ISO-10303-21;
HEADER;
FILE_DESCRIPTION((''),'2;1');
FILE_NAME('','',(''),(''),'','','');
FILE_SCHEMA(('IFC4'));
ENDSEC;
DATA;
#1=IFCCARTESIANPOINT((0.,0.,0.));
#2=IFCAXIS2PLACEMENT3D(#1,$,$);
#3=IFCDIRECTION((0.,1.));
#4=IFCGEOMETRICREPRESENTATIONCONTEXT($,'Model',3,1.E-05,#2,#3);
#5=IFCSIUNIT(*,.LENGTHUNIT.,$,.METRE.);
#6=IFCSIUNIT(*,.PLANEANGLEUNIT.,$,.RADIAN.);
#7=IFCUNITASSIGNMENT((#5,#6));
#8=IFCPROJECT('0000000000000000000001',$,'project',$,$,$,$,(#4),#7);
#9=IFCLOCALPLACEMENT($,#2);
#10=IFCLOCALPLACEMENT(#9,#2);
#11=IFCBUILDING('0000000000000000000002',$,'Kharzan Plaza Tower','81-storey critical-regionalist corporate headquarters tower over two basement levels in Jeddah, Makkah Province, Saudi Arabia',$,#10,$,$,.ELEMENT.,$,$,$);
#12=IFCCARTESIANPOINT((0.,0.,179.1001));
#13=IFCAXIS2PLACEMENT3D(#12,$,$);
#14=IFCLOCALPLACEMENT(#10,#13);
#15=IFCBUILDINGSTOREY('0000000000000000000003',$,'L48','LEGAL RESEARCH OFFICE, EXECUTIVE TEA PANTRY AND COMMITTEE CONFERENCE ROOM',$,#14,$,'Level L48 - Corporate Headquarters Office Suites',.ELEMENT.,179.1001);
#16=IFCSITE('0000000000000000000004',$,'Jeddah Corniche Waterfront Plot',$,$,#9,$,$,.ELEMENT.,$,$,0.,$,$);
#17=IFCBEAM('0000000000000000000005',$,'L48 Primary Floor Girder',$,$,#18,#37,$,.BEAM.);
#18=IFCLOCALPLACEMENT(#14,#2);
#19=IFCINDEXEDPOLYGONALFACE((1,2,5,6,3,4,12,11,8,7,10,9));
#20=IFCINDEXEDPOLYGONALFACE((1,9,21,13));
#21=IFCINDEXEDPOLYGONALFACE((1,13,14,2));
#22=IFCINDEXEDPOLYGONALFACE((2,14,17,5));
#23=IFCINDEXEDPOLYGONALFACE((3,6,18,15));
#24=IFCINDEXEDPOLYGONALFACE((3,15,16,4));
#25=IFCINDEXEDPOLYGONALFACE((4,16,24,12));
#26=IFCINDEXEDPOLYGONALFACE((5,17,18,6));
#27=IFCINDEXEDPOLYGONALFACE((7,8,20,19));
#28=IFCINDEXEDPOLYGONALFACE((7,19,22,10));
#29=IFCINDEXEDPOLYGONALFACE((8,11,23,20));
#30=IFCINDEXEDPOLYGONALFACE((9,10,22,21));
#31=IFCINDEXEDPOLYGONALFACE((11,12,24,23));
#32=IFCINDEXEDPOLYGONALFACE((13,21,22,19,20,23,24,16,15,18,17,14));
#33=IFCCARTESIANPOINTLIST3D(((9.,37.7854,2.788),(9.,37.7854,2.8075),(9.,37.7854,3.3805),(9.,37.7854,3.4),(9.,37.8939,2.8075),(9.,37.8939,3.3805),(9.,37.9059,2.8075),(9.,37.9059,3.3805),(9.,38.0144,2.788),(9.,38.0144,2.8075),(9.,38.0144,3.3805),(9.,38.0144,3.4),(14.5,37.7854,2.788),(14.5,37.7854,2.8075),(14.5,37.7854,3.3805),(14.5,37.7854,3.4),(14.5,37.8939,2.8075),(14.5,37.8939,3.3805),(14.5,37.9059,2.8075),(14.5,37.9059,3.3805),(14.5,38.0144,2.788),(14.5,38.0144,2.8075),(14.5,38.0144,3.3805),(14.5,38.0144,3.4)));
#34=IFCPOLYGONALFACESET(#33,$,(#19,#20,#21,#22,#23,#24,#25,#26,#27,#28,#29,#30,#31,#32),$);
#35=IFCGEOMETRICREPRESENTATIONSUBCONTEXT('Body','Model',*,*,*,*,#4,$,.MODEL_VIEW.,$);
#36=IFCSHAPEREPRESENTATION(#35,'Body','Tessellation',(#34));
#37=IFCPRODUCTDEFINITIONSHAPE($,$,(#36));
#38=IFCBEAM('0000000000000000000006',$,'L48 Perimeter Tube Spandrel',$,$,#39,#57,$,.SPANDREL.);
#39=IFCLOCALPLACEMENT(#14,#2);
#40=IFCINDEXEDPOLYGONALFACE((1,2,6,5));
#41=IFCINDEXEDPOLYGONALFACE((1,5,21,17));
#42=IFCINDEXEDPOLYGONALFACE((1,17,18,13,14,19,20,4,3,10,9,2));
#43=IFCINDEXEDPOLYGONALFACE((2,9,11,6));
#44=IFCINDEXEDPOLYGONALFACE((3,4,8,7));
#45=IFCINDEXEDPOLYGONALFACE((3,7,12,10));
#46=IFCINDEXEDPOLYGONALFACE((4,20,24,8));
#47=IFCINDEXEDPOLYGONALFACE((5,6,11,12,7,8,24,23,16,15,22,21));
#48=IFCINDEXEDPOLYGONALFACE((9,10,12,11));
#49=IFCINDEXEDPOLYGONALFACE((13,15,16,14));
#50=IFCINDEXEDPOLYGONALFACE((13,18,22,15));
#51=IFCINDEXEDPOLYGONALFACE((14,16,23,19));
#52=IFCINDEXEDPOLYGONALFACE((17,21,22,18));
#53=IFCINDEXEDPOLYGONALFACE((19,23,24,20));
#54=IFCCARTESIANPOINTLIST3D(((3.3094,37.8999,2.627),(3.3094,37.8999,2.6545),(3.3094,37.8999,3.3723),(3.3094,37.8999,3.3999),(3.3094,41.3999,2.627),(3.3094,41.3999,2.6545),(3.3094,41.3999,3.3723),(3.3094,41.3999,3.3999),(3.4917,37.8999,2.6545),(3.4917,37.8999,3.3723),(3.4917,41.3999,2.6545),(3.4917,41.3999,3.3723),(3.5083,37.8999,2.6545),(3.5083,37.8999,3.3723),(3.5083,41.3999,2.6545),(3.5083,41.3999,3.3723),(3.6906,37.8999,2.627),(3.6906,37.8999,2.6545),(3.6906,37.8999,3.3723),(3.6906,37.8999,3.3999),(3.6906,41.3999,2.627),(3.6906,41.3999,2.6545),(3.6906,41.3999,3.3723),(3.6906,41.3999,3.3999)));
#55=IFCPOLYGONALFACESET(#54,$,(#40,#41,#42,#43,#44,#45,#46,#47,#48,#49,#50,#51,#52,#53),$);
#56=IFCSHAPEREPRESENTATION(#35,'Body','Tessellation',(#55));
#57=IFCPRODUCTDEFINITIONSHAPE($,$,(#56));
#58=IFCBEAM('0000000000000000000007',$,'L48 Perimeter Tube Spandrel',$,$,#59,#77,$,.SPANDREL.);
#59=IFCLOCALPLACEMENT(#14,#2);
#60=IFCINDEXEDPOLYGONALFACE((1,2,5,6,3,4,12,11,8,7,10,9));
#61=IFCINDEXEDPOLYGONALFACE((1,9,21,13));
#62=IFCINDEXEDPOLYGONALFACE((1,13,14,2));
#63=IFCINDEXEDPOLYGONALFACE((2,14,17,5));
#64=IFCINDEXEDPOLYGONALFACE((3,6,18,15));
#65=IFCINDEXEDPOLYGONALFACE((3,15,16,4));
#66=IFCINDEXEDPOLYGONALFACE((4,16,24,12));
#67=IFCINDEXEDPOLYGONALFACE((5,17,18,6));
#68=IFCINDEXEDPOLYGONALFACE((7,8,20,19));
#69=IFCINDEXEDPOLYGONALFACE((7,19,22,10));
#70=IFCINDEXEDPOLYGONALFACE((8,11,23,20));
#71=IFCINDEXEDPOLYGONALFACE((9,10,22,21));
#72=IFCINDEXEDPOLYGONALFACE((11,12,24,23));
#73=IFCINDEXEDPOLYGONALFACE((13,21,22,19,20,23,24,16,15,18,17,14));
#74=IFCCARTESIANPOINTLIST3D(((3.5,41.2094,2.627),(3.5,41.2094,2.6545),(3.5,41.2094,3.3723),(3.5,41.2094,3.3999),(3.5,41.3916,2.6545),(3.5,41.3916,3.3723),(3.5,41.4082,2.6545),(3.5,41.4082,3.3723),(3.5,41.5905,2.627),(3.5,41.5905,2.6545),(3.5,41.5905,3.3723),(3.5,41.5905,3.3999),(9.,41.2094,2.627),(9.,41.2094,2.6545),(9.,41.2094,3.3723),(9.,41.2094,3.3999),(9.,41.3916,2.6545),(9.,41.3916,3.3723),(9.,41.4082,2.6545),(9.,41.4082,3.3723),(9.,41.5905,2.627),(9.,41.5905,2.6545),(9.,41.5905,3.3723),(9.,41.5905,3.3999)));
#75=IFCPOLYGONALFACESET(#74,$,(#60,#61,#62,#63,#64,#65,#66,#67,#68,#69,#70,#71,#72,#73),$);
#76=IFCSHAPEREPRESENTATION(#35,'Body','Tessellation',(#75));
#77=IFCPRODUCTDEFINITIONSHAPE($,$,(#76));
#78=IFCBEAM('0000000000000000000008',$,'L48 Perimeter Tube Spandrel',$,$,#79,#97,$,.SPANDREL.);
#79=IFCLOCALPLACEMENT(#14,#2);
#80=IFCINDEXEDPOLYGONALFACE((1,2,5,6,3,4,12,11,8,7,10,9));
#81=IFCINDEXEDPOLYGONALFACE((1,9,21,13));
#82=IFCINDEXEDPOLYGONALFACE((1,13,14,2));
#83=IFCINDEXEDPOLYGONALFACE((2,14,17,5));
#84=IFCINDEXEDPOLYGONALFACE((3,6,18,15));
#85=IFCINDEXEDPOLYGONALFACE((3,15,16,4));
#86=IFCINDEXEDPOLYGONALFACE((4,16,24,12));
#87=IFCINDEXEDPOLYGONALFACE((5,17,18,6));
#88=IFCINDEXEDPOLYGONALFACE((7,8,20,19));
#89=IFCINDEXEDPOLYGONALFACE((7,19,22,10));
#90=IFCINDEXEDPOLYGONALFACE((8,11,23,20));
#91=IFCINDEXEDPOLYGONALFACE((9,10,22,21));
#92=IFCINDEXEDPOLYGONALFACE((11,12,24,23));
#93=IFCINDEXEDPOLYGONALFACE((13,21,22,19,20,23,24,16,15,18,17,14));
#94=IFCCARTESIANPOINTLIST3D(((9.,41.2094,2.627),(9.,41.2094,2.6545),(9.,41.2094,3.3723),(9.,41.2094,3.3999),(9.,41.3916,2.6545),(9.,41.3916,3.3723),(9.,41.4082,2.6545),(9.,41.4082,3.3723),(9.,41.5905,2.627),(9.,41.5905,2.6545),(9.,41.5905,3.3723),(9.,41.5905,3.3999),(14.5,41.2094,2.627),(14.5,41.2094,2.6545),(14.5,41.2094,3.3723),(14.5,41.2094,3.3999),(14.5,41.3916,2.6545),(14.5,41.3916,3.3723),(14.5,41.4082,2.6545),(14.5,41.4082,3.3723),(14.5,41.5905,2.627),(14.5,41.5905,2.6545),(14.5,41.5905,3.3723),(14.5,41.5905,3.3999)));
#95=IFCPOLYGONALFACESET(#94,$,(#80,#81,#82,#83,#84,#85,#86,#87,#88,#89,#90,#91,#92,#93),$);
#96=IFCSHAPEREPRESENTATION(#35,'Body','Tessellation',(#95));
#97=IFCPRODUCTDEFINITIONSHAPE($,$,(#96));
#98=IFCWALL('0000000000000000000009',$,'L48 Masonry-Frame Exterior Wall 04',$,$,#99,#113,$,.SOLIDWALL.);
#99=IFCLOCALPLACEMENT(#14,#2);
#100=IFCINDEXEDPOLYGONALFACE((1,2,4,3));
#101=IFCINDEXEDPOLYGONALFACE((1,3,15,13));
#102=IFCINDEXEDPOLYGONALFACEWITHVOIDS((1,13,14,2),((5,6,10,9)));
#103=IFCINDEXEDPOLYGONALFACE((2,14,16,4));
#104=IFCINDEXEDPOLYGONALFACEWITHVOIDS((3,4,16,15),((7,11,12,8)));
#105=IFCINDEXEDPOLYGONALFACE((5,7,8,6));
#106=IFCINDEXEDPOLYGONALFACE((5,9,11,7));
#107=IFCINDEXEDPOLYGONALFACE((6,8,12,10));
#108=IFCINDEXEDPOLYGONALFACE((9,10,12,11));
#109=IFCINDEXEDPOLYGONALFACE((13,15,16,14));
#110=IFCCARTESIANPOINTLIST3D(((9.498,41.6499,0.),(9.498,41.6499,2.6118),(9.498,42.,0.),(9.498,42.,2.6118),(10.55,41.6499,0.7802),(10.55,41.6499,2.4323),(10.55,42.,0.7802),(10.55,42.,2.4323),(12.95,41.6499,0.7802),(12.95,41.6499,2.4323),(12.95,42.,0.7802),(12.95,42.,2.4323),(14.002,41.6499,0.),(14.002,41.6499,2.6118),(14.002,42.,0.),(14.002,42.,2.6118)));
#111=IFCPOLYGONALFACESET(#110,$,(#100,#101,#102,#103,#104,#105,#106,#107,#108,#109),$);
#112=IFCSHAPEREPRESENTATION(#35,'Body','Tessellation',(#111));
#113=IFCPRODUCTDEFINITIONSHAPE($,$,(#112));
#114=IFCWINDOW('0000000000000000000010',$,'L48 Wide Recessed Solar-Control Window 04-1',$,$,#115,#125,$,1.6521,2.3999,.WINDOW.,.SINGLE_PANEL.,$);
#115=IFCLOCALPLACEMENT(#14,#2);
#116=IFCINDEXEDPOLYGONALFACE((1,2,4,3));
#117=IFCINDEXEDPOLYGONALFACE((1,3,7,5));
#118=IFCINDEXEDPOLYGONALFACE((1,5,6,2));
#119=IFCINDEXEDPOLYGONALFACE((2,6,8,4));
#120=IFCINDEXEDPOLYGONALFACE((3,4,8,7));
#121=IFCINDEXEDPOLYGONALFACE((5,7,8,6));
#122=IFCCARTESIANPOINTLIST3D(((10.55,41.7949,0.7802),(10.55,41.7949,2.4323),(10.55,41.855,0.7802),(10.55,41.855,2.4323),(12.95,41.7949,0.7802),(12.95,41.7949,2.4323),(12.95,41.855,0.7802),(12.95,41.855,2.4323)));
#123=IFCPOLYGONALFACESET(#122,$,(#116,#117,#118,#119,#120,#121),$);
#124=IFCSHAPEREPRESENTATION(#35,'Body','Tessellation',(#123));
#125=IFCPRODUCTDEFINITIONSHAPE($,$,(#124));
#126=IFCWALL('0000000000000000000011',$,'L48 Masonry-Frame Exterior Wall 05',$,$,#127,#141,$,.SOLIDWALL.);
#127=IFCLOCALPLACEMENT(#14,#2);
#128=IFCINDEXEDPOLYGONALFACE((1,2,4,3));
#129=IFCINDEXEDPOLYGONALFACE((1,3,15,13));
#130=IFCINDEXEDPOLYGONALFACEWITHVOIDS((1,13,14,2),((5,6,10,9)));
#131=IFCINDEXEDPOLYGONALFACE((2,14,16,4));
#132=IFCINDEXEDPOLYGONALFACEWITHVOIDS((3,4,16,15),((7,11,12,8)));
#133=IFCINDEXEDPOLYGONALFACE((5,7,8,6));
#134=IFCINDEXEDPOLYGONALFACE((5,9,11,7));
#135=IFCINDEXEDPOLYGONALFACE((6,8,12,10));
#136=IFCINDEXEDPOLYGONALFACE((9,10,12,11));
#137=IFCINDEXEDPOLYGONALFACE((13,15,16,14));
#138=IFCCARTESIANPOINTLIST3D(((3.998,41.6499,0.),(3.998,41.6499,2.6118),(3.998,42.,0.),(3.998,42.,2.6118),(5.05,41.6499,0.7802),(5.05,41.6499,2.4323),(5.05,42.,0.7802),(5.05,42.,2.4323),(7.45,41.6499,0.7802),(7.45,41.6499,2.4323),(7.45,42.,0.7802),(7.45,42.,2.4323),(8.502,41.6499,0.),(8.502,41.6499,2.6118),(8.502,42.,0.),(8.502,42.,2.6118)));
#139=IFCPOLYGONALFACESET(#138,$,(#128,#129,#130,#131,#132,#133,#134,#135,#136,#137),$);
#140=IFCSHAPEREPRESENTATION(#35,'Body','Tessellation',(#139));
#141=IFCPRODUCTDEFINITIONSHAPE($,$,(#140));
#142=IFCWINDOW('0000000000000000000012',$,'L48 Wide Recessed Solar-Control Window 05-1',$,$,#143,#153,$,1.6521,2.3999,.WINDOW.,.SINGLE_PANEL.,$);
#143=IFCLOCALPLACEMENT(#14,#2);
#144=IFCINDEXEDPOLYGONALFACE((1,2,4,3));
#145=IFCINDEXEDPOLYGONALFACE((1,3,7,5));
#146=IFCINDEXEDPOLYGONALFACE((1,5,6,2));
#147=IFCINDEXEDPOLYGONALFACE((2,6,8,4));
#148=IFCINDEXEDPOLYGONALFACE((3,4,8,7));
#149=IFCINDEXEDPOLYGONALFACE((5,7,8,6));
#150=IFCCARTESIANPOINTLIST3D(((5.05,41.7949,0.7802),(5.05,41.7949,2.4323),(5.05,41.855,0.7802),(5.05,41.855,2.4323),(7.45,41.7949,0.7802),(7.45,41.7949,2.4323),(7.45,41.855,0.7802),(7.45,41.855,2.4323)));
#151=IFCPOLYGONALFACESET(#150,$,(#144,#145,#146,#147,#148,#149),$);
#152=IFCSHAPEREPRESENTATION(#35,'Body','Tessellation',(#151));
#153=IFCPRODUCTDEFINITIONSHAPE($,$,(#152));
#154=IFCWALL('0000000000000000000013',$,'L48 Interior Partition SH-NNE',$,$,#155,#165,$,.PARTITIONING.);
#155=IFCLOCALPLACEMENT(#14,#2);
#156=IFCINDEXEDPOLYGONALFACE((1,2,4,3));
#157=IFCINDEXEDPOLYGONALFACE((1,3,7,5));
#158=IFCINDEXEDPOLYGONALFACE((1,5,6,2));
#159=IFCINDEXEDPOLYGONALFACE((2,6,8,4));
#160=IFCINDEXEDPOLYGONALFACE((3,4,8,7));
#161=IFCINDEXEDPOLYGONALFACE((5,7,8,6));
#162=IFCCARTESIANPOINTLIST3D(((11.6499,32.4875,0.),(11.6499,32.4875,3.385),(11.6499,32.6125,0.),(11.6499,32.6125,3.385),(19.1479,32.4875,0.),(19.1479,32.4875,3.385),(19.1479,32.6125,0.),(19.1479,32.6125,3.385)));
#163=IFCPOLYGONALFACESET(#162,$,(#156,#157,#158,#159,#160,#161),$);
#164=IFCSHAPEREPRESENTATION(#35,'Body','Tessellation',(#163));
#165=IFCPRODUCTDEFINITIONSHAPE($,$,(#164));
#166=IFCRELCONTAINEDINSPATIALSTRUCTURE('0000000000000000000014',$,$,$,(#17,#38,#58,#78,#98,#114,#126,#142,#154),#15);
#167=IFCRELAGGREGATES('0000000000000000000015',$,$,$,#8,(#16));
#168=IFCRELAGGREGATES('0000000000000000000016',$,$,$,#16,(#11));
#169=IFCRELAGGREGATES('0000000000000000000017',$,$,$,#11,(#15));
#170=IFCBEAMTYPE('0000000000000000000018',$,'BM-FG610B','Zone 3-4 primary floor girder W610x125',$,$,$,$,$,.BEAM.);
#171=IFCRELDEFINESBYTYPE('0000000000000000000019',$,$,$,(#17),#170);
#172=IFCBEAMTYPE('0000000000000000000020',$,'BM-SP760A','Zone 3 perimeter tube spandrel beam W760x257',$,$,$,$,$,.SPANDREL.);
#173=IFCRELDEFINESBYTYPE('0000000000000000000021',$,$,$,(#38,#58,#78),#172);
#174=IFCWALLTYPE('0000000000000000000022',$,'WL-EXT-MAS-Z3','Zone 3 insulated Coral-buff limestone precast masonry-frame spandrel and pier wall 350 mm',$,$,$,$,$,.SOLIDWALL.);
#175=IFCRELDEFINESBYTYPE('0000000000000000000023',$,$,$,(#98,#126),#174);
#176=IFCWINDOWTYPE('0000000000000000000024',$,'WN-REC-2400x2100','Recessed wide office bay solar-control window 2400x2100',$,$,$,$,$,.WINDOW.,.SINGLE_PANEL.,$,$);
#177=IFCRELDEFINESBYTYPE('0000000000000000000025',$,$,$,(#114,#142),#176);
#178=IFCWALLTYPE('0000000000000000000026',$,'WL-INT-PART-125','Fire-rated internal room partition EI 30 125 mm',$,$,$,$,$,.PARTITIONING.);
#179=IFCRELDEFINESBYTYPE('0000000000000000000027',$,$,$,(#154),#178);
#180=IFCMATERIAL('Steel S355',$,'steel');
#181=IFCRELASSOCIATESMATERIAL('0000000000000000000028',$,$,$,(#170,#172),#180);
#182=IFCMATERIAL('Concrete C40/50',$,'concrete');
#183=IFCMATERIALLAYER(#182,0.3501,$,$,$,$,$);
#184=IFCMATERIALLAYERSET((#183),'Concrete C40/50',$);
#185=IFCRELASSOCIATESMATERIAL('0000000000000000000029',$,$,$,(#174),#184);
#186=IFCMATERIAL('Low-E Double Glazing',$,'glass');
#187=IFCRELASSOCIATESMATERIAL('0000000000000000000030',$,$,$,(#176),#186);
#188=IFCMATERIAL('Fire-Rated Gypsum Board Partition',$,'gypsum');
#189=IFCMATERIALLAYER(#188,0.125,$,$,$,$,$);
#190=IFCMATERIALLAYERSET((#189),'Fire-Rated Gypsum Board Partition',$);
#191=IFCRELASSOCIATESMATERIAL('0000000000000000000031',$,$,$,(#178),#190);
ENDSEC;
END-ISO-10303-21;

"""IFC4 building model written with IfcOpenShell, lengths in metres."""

from ifc_helpers import new_model, si_unit, direction, frame, frame_2d, origin, origin_2d, place, context, subcontext, project, spatial, rectangle, i_section, extrude, source, transform, mapped, material, layer, layer_set, material_profile, profile_set, type_object, element, fill, save


model = new_model("IFC4")

# Units and contexts
model_context = context("Model", 3, precision=1e-05, world=origin(), true_north=direction((0.0, 1.0)))
body_context = subcontext(model_context, "Body", "Model", "MODEL_VIEW")
ifc_project = project(units=[si_unit("LENGTHUNIT", "METRE"), si_unit("PLANEANGLEUNIT", "RADIAN")], contexts=[model_context])

# Site, building, storey
site_placement = place(None, origin())
site = spatial("IfcSite", under=ifc_project, at=site_placement, Name="Jeddah Corniche Waterfront Plot", CompositionType="ELEMENT", RefElevation=0.0)
building_placement = place(site_placement, origin())
building = spatial("IfcBuilding", under=site, at=building_placement, Name="Kharzan Plaza Tower", Description="81-storey critical-regionalist corporate headquarters tower over two basement levels in Jeddah, Makkah Province, Saudi Arabia", CompositionType="ELEMENT")
storey_placement = place(building_placement, frame((0.0, 0.0, 179.1001)))
storey = spatial("IfcBuildingStorey", under=building, at=storey_placement, Name="L48", Description="LEGAL RESEARCH OFFICE, EXECUTIVE TEA PANTRY AND COMMITTEE CONFERENCE ROOM", LongName="Level L48 - Corporate Headquarters Office Suites", CompositionType="ELEMENT", Elevation=179.1001)

# Beams
ifc_material_1 = material(Name="Steel S355", Category="steel")
ifc_material_profile_1 = material_profile(ifc_material_1, i_section(OverallWidth=0.229, OverallDepth=0.6121, WebThickness=0.012, FlangeThickness=0.0195, at=origin_2d()), Name="W610x125")
ifc_profile_set_1 = profile_set([ifc_material_profile_1], Name="Steel S355")
beam_type_1 = type_object("IfcBeamType", Name="BM-FG610B", Description="Zone 3-4 primary floor girder W610x125", PredefinedType="BEAM", material=ifc_profile_set_1)
shared_shape_1 = source(origin(), body_context, "Body", "SweptSolid", [
    extrude(i_section(OverallWidth=0.229, OverallDepth=0.6121, WebThickness=0.012, FlangeThickness=0.0195, at=origin_2d()), origin(), (0.0, 0.0, 1.0), 5.5),
])
for number, where, z_axis, x_axis, name in (
    (1, (9.0, 37.8999, 3.094), (1.0, 0.0, 0.0), (0.0, 1.0, 0.0), "L48 Primary Floor Girder"),
):
    element("IfcBeam", number, at=place(storey_placement, frame(where, z_axis=z_axis, x_axis=x_axis)), inside=storey, type_object=beam_type_1, Name=name, PredefinedType="BEAM", context=body_context, shape_type="MappedRepresentation", body=[
        mapped(shared_shape_1, transform((0.0, 0.0, 0.0), x_axis=(1.0, 0.0, 0.0), y_axis=(0.0, 1.0, 0.0), z_axis=(0.0, 0.0, 1.0))),
    ])
ifc_material_profile_2 = material_profile(ifc_material_1, i_section(OverallWidth=0.3811, OverallDepth=0.7729, WebThickness=0.0166, FlangeThickness=0.0276, at=origin_2d()), Name="W760x257")
ifc_profile_set_2 = profile_set([ifc_material_profile_2], Name="Steel S355")
beam_type_2 = type_object("IfcBeamType", Name="BM-SP760A", Description="Zone 3 perimeter tube spandrel beam W760x257", PredefinedType="SPANDREL", material=ifc_profile_set_2)
shared_shape_2 = source(origin(), body_context, "Body", "SweptSolid", [
    extrude(i_section(OverallWidth=0.3811, OverallDepth=0.7729, WebThickness=0.0166, FlangeThickness=0.0276, at=origin_2d()), origin(), (0.0, 0.0, 1.0), 3.5),
])
beam_placement = place(storey_placement, frame((3.5, 37.8999, 3.0134), z_axis=(0.0, 1.0, 0.0), x_axis=(-1.0, 0.0, 0.0)))
element("IfcBeam", 2, at=beam_placement, inside=storey, type_object=beam_type_2, Name="L48 Perimeter Tube Spandrel", PredefinedType="SPANDREL", context=body_context, shape_type="MappedRepresentation", body=[
    mapped(shared_shape_2, transform((0.0, 0.0, 0.0), x_axis=(1.0, 0.0, 0.0), y_axis=(0.0, 1.0, 0.0), z_axis=(0.0, 0.0, 1.0))),
])
shared_shape_3 = source(origin(), body_context, "Body", "SweptSolid", [
    extrude(i_section(OverallWidth=0.3811, OverallDepth=0.7729, WebThickness=0.0166, FlangeThickness=0.0276, at=origin_2d()), origin(), (0.0, 0.0, 1.0), 5.5),
])
for number, where, z_axis, x_axis, name in (
    (3, (3.5, 41.3999, 3.0134), (1.0, 0.0, 0.0), (0.0, 1.0, 0.0), "L48 Perimeter Tube Spandrel"),
    (4, (9.0, 41.3999, 3.0134), (1.0, 0.0, 0.0), (0.0, 1.0, 0.0), "L48 Perimeter Tube Spandrel"),
):
    element("IfcBeam", number, at=place(storey_placement, frame(where, z_axis=z_axis, x_axis=x_axis)), inside=storey, type_object=beam_type_2, Name=name, PredefinedType="SPANDREL", context=body_context, shape_type="MappedRepresentation", body=[
        mapped(shared_shape_3, transform((0.0, 0.0, 0.0), x_axis=(1.0, 0.0, 0.0), y_axis=(0.0, 1.0, 0.0), z_axis=(0.0, 0.0, 1.0))),
    ])

# Walls, openings, windows
ifc_material_2 = material(Name="Concrete C40/50", Category="concrete")
ifc_layer_1 = layer(ifc_material_2, 0.3501)
ifc_layer_set_1 = layer_set([ifc_layer_1], Name="Concrete C40/50")
wall_type_1 = type_object("IfcWallType", Name="WL-EXT-MAS-Z3", Description="Zone 3 insulated Coral-buff limestone precast masonry-frame spandrel and pier wall 350 mm", PredefinedType="SOLIDWALL", material=ifc_layer_set_1)
wall_1_placement = place(storey_placement, frame((14.002, 41.825, 0.0), z_axis=(0.0, 0.0, 1.0), x_axis=(-1.0, 0.0, 0.0)))
wall_1 = element("IfcWall", 5, at=wall_1_placement, inside=storey, type_object=wall_type_1, Name="L48 Masonry-Frame Exterior Wall 04", PredefinedType="SOLIDWALL", context=body_context, shape_type="SweptSolid", body=[
    extrude(rectangle(XDim=4.5039, YDim=0.3501, at=frame_2d((2.252, 0.0))), origin(), (0.0, 0.0, 1.0), 2.6118),
])
opening_1_placement = place(wall_1_placement, frame((1.052, 0.0, 0.78)))
opening_1 = element("IfcOpeningElement", 6, at=opening_1_placement, cuts=wall_1, PredefinedType="OPENING", context=body_context, shape_type="SweptSolid", body=[
    extrude(rectangle(XDim=2.3999, YDim=1.6521, at=frame_2d((1.2, 0.8262))), frame((0.0, 0.1851, 0.0), z_axis=(0.0, -1.0, 0.0), x_axis=(1.0, 0.0, 0.0)), (0.0, 0.0, 1.0), 0.3701),
])
ifc_material_3 = material(Name="Low-E Double Glazing", Category="glass")
window_type = type_object("IfcWindowType", Name="WN-REC-2400x2100", Description="Recessed wide office bay solar-control window 2400x2100", PartitioningType="SINGLE_PANEL", PredefinedType="WINDOW", material=ifc_material_3)
shared_shape_4 = source(origin(), body_context, "Body", "SweptSolid", [
    extrude(rectangle(XDim=2.3999, YDim=1.6521, at=frame_2d((1.2, 0.8262))), frame((0.0, 0.03, 0.0), z_axis=(0.0, -1.0, 0.0), x_axis=(1.0, 0.0, 0.0)), (0.0, 0.0, 1.0), 0.0601),
])
window_1_placement = place(opening_1_placement, origin())
window_1 = element("IfcWindow", 7, at=window_1_placement, inside=storey, type_object=window_type, Name="L48 Wide Recessed Solar-Control Window 04-1", OverallHeight=1.6521, OverallWidth=2.3999, PartitioningType="SINGLE_PANEL", PredefinedType="WINDOW", context=body_context, shape_type="MappedRepresentation", body=[
    mapped(shared_shape_4, transform((0.0, 0.0, 0.0), x_axis=(1.0, 0.0, 0.0), y_axis=(0.0, 1.0, 0.0), z_axis=(0.0, 0.0, 1.0))),
])
fill(opening_1, window_1)
wall_2_placement = place(storey_placement, frame((8.502, 41.825, 0.0), z_axis=(0.0, 0.0, 1.0), x_axis=(-1.0, 0.0, 0.0)))
wall_2 = element("IfcWall", 8, at=wall_2_placement, inside=storey, type_object=wall_type_1, Name="L48 Masonry-Frame Exterior Wall 05", PredefinedType="SOLIDWALL", context=body_context, shape_type="SweptSolid", body=[
    extrude(rectangle(XDim=4.5039, YDim=0.3501, at=frame_2d((2.252, 0.0))), origin(), (0.0, 0.0, 1.0), 2.6118),
])
opening_2_placement = place(wall_2_placement, frame((1.052, 0.0, 0.78)))
opening_2 = element("IfcOpeningElement", 9, at=opening_2_placement, cuts=wall_2, PredefinedType="OPENING", context=body_context, shape_type="SweptSolid", body=[
    extrude(rectangle(XDim=2.3999, YDim=1.6521, at=frame_2d((1.2, 0.8262))), frame((0.0, 0.1851, 0.0), z_axis=(0.0, -1.0, 0.0), x_axis=(1.0, 0.0, 0.0)), (0.0, 0.0, 1.0), 0.3701),
])
window_2_placement = place(opening_2_placement, origin())
window_2 = element("IfcWindow", 10, at=window_2_placement, inside=storey, type_object=window_type, Name="L48 Wide Recessed Solar-Control Window 05-1", OverallHeight=1.6521, OverallWidth=2.3999, PartitioningType="SINGLE_PANEL", PredefinedType="WINDOW", context=body_context, shape_type="MappedRepresentation", body=[
    mapped(shared_shape_4, transform((0.0, 0.0, 0.0), x_axis=(1.0, 0.0, 0.0), y_axis=(0.0, 1.0, 0.0), z_axis=(0.0, 0.0, 1.0))),
])
fill(opening_2, window_2)

# Shared definitions
ifc_material_4 = material(Name="Fire-Rated Gypsum Board Partition", Category="gypsum")
ifc_layer_2 = layer(ifc_material_4, 0.125)
ifc_layer_set_2 = layer_set([ifc_layer_2], Name="Fire-Rated Gypsum Board Partition")
wall_type_2 = type_object("IfcWallType", Name="WL-INT-PART-125", Description="Fire-rated internal room partition EI 30 125 mm", PredefinedType="PARTITIONING", material=ifc_layer_set_2)

# Wall
shared_shape_5 = source(origin(), body_context, "Body", "SweptSolid", [
    extrude(rectangle(XDim=7.498, YDim=0.125, at=frame_2d((3.749, 0.0))), origin(), (0.0, 0.0, 1.0), 3.385),
])
wall_3_placement = place(storey_placement, frame((11.6499, 32.55, 0.0), z_axis=(0.0, 0.0, 1.0), x_axis=(1.0, 0.0, 0.0)))
element("IfcWall", 11, at=wall_3_placement, inside=storey, type_object=wall_type_2, Name="L48 Interior Partition SH-NNE", PredefinedType="PARTITIONING", context=body_context, shape_type="MappedRepresentation", body=[
    mapped(shared_shape_5, transform((0.0, 0.0, 0.0), x_axis=(1.0, 0.0, 0.0), y_axis=(0.0, 1.0, 0.0), z_axis=(0.0, 0.0, 1.0))),
])

save(model, "model.ifc")
